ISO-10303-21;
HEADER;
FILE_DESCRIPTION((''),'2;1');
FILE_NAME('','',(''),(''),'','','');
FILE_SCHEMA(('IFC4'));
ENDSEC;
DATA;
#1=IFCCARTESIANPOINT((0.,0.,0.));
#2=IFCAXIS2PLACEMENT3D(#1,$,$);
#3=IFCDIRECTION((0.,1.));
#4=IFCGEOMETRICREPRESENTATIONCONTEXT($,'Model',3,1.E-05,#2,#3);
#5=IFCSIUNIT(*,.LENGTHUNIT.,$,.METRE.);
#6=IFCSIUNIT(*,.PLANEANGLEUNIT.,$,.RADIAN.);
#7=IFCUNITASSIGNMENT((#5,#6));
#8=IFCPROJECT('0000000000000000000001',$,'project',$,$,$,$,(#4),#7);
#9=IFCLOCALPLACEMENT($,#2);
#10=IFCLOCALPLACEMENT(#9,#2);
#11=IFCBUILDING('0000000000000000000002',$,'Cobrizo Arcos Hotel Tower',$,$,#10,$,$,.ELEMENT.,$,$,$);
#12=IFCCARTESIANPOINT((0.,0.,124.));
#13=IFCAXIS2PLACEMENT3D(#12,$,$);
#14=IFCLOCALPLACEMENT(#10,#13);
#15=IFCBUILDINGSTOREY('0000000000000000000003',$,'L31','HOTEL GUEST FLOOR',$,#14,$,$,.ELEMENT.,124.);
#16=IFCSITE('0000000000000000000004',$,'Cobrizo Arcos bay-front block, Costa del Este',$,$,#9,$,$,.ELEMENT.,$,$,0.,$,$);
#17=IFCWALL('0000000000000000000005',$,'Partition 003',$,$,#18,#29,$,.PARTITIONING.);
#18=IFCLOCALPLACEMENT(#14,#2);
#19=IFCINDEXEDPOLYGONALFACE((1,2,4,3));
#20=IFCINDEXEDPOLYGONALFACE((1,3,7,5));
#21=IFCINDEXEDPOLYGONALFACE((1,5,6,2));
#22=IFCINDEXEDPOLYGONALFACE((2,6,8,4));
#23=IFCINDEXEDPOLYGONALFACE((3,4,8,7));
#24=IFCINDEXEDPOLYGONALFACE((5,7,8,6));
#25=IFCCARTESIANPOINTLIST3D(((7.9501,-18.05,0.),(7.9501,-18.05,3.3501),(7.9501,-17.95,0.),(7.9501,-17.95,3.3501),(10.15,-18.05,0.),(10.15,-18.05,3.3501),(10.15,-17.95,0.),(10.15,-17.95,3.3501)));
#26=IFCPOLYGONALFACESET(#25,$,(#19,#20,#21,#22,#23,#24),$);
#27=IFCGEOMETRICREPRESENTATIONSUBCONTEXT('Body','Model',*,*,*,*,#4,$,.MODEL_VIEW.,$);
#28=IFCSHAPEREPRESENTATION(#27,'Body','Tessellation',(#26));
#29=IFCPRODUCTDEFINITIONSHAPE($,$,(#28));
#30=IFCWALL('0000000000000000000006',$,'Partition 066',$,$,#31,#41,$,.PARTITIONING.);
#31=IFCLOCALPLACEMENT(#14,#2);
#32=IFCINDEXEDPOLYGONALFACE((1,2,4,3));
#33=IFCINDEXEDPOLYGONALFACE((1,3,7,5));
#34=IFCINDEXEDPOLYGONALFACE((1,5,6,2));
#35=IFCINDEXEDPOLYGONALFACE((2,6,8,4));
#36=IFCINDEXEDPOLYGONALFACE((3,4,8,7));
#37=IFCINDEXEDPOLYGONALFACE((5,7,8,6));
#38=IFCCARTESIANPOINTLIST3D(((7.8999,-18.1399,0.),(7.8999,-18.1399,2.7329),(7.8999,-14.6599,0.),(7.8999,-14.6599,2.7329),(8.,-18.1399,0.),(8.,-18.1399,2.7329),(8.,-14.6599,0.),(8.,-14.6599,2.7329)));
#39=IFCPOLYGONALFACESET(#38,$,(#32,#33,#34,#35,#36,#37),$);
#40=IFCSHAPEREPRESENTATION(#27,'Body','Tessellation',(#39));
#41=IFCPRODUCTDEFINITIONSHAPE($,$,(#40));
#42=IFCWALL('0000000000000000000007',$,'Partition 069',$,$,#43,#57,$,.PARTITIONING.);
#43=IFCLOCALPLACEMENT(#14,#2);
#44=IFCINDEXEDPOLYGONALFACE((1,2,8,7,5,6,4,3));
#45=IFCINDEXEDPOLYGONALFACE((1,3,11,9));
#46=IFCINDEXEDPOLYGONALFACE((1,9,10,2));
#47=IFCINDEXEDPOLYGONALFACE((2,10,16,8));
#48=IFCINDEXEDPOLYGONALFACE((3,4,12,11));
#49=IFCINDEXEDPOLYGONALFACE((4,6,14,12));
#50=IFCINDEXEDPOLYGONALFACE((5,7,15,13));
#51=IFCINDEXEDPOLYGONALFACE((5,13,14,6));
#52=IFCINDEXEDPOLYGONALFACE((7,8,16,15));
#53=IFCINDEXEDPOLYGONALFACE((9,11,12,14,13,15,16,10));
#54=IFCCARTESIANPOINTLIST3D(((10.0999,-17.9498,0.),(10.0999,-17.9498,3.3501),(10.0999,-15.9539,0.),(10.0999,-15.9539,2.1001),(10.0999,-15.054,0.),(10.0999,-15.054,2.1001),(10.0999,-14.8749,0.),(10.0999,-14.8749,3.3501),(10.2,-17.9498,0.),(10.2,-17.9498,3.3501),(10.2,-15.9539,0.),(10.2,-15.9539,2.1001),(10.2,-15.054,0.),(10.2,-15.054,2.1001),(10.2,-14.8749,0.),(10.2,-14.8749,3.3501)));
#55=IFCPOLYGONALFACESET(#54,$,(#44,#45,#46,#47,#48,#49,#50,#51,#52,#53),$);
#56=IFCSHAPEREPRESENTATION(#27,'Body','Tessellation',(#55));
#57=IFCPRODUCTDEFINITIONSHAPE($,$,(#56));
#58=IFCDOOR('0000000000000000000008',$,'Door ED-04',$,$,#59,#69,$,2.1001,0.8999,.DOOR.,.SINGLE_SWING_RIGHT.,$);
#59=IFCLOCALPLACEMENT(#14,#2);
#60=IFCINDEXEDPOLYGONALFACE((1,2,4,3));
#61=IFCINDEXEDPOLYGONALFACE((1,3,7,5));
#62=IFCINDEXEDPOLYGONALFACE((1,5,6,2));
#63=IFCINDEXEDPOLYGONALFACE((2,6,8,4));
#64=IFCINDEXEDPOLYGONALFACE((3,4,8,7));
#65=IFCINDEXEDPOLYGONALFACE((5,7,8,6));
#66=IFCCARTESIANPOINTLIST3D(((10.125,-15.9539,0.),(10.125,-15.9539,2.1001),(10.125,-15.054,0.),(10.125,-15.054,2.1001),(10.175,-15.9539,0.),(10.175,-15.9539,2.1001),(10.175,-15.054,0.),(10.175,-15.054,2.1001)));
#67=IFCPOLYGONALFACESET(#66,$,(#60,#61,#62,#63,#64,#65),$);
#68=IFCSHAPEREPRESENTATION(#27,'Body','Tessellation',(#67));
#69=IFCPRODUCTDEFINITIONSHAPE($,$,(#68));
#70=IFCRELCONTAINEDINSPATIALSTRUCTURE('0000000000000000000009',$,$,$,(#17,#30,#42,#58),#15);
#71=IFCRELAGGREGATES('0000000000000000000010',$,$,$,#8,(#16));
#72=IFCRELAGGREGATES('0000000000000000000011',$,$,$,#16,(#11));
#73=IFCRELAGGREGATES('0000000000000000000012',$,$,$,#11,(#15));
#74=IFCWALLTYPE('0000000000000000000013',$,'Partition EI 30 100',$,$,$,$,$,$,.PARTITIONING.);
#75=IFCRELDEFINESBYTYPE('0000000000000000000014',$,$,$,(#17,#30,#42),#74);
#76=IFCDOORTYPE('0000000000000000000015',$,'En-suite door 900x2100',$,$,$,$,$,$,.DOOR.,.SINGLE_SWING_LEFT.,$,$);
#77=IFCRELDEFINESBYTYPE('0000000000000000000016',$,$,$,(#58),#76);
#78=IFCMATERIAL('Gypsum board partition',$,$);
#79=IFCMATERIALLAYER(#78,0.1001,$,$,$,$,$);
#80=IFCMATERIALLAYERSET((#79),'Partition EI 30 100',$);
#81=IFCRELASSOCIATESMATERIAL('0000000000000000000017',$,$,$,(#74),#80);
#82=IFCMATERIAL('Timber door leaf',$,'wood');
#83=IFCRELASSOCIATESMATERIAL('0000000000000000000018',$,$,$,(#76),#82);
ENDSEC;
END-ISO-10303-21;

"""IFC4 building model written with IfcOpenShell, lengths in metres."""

from ifc_helpers import new_model, si_unit, direction, frame, frame_2d, origin, place, context, subcontext, project, spatial, rectangle, extrude, material, layer, layer_set, type_object, element, fill, save


model = new_model("IFC4")

# Units and contexts
model_context = context("Model", 3, precision=1e-05, world=origin(), true_north=direction((0.0, 1.0)))
body_context = subcontext(model_context, "Body", "Model", "MODEL_VIEW")
ifc_project = project(units=[si_unit("LENGTHUNIT", "METRE"), si_unit("PLANEANGLEUNIT", "RADIAN")], contexts=[model_context])

# Site, building, storey
site_placement = place(None, origin())
site = spatial("IfcSite", under=ifc_project, at=site_placement, Name="Cobrizo Arcos bay-front block, Costa del Este", CompositionType="ELEMENT", RefElevation=0.0)
building_placement = place(site_placement, origin())
building = spatial("IfcBuilding", under=site, at=building_placement, Name="Cobrizo Arcos Hotel Tower", CompositionType="ELEMENT")
storey_placement = place(building_placement, frame((0.0, 0.0, 124.0)))
storey = spatial("IfcBuildingStorey", under=building, at=storey_placement, Name="L31", Description="HOTEL GUEST FLOOR", CompositionType="ELEMENT", Elevation=124.0)

# Shared definitions
ifc_material_1 = material(Name="Gypsum board partition")
ifc_material_2 = material(Name="Timber door leaf", Category="wood")

# Walls
ifc_layer_1 = layer(ifc_material_1, 0.1001)
ifc_layer_set_1 = layer_set([ifc_layer_1], Name="Partition EI 30 100")
wall_type_1 = type_object("IfcWallType", Name="Partition EI 30 100", PredefinedType="PARTITIONING", material=ifc_layer_set_1)
wall_1_placement = place(storey_placement, frame((7.95, -18.0, 0.0), z_axis=(0.0, 0.0, 1.0), x_axis=(1.0, 0.0, 0.0)))
element("IfcWall", 1, at=wall_1_placement, inside=storey, type_object=wall_type_1, Name="Partition 003", PredefinedType="PARTITIONING", context=body_context, shape_type="SweptSolid", body=[
    extrude(rectangle(XDim=2.2, YDim=0.1001, at=frame_2d((1.1001, 0.0))), origin(), (0.0, 0.0, 1.0), 3.3501),
])
wall_2_placement = place(storey_placement, frame((7.95, -18.1399, 0.0), z_axis=(0.0, 0.0, 1.0), x_axis=(0.0, 1.0, 0.0)))
element("IfcWall", 2, at=wall_2_placement, inside=storey, type_object=wall_type_1, Name="Partition 066", PredefinedType="PARTITIONING", context=body_context, shape_type="SweptSolid", body=[
    extrude(rectangle(XDim=3.48, YDim=0.1001, at=frame_2d((1.74, 0.0))), origin(), (0.0, 0.0, 1.0), 2.7329),
])

# Wall, opening, door
wall_3_placement = place(storey_placement, frame((10.1499, -17.95, 0.0), z_axis=(0.0, 0.0, 1.0), x_axis=(0.0, 1.0, 0.0)))
wall_3 = element("IfcWall", 3, at=wall_3_placement, inside=storey, type_object=wall_type_1, Name="Partition 069", PredefinedType="PARTITIONING", context=body_context, shape_type="SweptSolid", body=[
    extrude(rectangle(XDim=3.075, YDim=0.1001, at=frame_2d((1.5376, 0.0))), origin(), (0.0, 0.0, 1.0), 3.3501),
])
opening_1_placement = place(wall_3_placement, frame((1.9961, 0.0, 0.0)))
opening_1 = element("IfcOpeningElement", 4, at=opening_1_placement, cuts=wall_3, PredefinedType="OPENING", context=body_context, shape_type="SweptSolid", body=[
    extrude(rectangle(XDim=0.8999, YDim=2.1001, at=frame_2d((0.45, 1.05))), frame((0.0, 0.062, 0.0), z_axis=(0.0, -1.0, 0.0), x_axis=(1.0, 0.0, 0.0)), (0.0, 0.0, 1.0), 0.124),
])
door_type_1 = type_object("IfcDoorType", Name="En-suite door 900x2100", OperationType="SINGLE_SWING_LEFT", PredefinedType="DOOR", material=ifc_material_2)
door_1_placement = place(opening_1_placement, origin())
door_1 = element("IfcDoor", 5, at=door_1_placement, inside=storey, type_object=door_type_1, Name="Door ED-04", OperationType="SINGLE_SWING_RIGHT", OverallHeight=2.1001, OverallWidth=0.8999, PredefinedType="DOOR", context=body_context, shape_type="SweptSolid", body=[
    extrude(rectangle(XDim=0.8999, YDim=2.1001, at=frame_2d((0.45, 1.05))), frame((0.0, 0.0249, 0.0), z_axis=(0.0, -1.0, 0.0), x_axis=(1.0, 0.0, 0.0)), (0.0, 0.0, 1.0), 0.05),
])
fill(opening_1, door_1)

save(model, "model.ifc")
